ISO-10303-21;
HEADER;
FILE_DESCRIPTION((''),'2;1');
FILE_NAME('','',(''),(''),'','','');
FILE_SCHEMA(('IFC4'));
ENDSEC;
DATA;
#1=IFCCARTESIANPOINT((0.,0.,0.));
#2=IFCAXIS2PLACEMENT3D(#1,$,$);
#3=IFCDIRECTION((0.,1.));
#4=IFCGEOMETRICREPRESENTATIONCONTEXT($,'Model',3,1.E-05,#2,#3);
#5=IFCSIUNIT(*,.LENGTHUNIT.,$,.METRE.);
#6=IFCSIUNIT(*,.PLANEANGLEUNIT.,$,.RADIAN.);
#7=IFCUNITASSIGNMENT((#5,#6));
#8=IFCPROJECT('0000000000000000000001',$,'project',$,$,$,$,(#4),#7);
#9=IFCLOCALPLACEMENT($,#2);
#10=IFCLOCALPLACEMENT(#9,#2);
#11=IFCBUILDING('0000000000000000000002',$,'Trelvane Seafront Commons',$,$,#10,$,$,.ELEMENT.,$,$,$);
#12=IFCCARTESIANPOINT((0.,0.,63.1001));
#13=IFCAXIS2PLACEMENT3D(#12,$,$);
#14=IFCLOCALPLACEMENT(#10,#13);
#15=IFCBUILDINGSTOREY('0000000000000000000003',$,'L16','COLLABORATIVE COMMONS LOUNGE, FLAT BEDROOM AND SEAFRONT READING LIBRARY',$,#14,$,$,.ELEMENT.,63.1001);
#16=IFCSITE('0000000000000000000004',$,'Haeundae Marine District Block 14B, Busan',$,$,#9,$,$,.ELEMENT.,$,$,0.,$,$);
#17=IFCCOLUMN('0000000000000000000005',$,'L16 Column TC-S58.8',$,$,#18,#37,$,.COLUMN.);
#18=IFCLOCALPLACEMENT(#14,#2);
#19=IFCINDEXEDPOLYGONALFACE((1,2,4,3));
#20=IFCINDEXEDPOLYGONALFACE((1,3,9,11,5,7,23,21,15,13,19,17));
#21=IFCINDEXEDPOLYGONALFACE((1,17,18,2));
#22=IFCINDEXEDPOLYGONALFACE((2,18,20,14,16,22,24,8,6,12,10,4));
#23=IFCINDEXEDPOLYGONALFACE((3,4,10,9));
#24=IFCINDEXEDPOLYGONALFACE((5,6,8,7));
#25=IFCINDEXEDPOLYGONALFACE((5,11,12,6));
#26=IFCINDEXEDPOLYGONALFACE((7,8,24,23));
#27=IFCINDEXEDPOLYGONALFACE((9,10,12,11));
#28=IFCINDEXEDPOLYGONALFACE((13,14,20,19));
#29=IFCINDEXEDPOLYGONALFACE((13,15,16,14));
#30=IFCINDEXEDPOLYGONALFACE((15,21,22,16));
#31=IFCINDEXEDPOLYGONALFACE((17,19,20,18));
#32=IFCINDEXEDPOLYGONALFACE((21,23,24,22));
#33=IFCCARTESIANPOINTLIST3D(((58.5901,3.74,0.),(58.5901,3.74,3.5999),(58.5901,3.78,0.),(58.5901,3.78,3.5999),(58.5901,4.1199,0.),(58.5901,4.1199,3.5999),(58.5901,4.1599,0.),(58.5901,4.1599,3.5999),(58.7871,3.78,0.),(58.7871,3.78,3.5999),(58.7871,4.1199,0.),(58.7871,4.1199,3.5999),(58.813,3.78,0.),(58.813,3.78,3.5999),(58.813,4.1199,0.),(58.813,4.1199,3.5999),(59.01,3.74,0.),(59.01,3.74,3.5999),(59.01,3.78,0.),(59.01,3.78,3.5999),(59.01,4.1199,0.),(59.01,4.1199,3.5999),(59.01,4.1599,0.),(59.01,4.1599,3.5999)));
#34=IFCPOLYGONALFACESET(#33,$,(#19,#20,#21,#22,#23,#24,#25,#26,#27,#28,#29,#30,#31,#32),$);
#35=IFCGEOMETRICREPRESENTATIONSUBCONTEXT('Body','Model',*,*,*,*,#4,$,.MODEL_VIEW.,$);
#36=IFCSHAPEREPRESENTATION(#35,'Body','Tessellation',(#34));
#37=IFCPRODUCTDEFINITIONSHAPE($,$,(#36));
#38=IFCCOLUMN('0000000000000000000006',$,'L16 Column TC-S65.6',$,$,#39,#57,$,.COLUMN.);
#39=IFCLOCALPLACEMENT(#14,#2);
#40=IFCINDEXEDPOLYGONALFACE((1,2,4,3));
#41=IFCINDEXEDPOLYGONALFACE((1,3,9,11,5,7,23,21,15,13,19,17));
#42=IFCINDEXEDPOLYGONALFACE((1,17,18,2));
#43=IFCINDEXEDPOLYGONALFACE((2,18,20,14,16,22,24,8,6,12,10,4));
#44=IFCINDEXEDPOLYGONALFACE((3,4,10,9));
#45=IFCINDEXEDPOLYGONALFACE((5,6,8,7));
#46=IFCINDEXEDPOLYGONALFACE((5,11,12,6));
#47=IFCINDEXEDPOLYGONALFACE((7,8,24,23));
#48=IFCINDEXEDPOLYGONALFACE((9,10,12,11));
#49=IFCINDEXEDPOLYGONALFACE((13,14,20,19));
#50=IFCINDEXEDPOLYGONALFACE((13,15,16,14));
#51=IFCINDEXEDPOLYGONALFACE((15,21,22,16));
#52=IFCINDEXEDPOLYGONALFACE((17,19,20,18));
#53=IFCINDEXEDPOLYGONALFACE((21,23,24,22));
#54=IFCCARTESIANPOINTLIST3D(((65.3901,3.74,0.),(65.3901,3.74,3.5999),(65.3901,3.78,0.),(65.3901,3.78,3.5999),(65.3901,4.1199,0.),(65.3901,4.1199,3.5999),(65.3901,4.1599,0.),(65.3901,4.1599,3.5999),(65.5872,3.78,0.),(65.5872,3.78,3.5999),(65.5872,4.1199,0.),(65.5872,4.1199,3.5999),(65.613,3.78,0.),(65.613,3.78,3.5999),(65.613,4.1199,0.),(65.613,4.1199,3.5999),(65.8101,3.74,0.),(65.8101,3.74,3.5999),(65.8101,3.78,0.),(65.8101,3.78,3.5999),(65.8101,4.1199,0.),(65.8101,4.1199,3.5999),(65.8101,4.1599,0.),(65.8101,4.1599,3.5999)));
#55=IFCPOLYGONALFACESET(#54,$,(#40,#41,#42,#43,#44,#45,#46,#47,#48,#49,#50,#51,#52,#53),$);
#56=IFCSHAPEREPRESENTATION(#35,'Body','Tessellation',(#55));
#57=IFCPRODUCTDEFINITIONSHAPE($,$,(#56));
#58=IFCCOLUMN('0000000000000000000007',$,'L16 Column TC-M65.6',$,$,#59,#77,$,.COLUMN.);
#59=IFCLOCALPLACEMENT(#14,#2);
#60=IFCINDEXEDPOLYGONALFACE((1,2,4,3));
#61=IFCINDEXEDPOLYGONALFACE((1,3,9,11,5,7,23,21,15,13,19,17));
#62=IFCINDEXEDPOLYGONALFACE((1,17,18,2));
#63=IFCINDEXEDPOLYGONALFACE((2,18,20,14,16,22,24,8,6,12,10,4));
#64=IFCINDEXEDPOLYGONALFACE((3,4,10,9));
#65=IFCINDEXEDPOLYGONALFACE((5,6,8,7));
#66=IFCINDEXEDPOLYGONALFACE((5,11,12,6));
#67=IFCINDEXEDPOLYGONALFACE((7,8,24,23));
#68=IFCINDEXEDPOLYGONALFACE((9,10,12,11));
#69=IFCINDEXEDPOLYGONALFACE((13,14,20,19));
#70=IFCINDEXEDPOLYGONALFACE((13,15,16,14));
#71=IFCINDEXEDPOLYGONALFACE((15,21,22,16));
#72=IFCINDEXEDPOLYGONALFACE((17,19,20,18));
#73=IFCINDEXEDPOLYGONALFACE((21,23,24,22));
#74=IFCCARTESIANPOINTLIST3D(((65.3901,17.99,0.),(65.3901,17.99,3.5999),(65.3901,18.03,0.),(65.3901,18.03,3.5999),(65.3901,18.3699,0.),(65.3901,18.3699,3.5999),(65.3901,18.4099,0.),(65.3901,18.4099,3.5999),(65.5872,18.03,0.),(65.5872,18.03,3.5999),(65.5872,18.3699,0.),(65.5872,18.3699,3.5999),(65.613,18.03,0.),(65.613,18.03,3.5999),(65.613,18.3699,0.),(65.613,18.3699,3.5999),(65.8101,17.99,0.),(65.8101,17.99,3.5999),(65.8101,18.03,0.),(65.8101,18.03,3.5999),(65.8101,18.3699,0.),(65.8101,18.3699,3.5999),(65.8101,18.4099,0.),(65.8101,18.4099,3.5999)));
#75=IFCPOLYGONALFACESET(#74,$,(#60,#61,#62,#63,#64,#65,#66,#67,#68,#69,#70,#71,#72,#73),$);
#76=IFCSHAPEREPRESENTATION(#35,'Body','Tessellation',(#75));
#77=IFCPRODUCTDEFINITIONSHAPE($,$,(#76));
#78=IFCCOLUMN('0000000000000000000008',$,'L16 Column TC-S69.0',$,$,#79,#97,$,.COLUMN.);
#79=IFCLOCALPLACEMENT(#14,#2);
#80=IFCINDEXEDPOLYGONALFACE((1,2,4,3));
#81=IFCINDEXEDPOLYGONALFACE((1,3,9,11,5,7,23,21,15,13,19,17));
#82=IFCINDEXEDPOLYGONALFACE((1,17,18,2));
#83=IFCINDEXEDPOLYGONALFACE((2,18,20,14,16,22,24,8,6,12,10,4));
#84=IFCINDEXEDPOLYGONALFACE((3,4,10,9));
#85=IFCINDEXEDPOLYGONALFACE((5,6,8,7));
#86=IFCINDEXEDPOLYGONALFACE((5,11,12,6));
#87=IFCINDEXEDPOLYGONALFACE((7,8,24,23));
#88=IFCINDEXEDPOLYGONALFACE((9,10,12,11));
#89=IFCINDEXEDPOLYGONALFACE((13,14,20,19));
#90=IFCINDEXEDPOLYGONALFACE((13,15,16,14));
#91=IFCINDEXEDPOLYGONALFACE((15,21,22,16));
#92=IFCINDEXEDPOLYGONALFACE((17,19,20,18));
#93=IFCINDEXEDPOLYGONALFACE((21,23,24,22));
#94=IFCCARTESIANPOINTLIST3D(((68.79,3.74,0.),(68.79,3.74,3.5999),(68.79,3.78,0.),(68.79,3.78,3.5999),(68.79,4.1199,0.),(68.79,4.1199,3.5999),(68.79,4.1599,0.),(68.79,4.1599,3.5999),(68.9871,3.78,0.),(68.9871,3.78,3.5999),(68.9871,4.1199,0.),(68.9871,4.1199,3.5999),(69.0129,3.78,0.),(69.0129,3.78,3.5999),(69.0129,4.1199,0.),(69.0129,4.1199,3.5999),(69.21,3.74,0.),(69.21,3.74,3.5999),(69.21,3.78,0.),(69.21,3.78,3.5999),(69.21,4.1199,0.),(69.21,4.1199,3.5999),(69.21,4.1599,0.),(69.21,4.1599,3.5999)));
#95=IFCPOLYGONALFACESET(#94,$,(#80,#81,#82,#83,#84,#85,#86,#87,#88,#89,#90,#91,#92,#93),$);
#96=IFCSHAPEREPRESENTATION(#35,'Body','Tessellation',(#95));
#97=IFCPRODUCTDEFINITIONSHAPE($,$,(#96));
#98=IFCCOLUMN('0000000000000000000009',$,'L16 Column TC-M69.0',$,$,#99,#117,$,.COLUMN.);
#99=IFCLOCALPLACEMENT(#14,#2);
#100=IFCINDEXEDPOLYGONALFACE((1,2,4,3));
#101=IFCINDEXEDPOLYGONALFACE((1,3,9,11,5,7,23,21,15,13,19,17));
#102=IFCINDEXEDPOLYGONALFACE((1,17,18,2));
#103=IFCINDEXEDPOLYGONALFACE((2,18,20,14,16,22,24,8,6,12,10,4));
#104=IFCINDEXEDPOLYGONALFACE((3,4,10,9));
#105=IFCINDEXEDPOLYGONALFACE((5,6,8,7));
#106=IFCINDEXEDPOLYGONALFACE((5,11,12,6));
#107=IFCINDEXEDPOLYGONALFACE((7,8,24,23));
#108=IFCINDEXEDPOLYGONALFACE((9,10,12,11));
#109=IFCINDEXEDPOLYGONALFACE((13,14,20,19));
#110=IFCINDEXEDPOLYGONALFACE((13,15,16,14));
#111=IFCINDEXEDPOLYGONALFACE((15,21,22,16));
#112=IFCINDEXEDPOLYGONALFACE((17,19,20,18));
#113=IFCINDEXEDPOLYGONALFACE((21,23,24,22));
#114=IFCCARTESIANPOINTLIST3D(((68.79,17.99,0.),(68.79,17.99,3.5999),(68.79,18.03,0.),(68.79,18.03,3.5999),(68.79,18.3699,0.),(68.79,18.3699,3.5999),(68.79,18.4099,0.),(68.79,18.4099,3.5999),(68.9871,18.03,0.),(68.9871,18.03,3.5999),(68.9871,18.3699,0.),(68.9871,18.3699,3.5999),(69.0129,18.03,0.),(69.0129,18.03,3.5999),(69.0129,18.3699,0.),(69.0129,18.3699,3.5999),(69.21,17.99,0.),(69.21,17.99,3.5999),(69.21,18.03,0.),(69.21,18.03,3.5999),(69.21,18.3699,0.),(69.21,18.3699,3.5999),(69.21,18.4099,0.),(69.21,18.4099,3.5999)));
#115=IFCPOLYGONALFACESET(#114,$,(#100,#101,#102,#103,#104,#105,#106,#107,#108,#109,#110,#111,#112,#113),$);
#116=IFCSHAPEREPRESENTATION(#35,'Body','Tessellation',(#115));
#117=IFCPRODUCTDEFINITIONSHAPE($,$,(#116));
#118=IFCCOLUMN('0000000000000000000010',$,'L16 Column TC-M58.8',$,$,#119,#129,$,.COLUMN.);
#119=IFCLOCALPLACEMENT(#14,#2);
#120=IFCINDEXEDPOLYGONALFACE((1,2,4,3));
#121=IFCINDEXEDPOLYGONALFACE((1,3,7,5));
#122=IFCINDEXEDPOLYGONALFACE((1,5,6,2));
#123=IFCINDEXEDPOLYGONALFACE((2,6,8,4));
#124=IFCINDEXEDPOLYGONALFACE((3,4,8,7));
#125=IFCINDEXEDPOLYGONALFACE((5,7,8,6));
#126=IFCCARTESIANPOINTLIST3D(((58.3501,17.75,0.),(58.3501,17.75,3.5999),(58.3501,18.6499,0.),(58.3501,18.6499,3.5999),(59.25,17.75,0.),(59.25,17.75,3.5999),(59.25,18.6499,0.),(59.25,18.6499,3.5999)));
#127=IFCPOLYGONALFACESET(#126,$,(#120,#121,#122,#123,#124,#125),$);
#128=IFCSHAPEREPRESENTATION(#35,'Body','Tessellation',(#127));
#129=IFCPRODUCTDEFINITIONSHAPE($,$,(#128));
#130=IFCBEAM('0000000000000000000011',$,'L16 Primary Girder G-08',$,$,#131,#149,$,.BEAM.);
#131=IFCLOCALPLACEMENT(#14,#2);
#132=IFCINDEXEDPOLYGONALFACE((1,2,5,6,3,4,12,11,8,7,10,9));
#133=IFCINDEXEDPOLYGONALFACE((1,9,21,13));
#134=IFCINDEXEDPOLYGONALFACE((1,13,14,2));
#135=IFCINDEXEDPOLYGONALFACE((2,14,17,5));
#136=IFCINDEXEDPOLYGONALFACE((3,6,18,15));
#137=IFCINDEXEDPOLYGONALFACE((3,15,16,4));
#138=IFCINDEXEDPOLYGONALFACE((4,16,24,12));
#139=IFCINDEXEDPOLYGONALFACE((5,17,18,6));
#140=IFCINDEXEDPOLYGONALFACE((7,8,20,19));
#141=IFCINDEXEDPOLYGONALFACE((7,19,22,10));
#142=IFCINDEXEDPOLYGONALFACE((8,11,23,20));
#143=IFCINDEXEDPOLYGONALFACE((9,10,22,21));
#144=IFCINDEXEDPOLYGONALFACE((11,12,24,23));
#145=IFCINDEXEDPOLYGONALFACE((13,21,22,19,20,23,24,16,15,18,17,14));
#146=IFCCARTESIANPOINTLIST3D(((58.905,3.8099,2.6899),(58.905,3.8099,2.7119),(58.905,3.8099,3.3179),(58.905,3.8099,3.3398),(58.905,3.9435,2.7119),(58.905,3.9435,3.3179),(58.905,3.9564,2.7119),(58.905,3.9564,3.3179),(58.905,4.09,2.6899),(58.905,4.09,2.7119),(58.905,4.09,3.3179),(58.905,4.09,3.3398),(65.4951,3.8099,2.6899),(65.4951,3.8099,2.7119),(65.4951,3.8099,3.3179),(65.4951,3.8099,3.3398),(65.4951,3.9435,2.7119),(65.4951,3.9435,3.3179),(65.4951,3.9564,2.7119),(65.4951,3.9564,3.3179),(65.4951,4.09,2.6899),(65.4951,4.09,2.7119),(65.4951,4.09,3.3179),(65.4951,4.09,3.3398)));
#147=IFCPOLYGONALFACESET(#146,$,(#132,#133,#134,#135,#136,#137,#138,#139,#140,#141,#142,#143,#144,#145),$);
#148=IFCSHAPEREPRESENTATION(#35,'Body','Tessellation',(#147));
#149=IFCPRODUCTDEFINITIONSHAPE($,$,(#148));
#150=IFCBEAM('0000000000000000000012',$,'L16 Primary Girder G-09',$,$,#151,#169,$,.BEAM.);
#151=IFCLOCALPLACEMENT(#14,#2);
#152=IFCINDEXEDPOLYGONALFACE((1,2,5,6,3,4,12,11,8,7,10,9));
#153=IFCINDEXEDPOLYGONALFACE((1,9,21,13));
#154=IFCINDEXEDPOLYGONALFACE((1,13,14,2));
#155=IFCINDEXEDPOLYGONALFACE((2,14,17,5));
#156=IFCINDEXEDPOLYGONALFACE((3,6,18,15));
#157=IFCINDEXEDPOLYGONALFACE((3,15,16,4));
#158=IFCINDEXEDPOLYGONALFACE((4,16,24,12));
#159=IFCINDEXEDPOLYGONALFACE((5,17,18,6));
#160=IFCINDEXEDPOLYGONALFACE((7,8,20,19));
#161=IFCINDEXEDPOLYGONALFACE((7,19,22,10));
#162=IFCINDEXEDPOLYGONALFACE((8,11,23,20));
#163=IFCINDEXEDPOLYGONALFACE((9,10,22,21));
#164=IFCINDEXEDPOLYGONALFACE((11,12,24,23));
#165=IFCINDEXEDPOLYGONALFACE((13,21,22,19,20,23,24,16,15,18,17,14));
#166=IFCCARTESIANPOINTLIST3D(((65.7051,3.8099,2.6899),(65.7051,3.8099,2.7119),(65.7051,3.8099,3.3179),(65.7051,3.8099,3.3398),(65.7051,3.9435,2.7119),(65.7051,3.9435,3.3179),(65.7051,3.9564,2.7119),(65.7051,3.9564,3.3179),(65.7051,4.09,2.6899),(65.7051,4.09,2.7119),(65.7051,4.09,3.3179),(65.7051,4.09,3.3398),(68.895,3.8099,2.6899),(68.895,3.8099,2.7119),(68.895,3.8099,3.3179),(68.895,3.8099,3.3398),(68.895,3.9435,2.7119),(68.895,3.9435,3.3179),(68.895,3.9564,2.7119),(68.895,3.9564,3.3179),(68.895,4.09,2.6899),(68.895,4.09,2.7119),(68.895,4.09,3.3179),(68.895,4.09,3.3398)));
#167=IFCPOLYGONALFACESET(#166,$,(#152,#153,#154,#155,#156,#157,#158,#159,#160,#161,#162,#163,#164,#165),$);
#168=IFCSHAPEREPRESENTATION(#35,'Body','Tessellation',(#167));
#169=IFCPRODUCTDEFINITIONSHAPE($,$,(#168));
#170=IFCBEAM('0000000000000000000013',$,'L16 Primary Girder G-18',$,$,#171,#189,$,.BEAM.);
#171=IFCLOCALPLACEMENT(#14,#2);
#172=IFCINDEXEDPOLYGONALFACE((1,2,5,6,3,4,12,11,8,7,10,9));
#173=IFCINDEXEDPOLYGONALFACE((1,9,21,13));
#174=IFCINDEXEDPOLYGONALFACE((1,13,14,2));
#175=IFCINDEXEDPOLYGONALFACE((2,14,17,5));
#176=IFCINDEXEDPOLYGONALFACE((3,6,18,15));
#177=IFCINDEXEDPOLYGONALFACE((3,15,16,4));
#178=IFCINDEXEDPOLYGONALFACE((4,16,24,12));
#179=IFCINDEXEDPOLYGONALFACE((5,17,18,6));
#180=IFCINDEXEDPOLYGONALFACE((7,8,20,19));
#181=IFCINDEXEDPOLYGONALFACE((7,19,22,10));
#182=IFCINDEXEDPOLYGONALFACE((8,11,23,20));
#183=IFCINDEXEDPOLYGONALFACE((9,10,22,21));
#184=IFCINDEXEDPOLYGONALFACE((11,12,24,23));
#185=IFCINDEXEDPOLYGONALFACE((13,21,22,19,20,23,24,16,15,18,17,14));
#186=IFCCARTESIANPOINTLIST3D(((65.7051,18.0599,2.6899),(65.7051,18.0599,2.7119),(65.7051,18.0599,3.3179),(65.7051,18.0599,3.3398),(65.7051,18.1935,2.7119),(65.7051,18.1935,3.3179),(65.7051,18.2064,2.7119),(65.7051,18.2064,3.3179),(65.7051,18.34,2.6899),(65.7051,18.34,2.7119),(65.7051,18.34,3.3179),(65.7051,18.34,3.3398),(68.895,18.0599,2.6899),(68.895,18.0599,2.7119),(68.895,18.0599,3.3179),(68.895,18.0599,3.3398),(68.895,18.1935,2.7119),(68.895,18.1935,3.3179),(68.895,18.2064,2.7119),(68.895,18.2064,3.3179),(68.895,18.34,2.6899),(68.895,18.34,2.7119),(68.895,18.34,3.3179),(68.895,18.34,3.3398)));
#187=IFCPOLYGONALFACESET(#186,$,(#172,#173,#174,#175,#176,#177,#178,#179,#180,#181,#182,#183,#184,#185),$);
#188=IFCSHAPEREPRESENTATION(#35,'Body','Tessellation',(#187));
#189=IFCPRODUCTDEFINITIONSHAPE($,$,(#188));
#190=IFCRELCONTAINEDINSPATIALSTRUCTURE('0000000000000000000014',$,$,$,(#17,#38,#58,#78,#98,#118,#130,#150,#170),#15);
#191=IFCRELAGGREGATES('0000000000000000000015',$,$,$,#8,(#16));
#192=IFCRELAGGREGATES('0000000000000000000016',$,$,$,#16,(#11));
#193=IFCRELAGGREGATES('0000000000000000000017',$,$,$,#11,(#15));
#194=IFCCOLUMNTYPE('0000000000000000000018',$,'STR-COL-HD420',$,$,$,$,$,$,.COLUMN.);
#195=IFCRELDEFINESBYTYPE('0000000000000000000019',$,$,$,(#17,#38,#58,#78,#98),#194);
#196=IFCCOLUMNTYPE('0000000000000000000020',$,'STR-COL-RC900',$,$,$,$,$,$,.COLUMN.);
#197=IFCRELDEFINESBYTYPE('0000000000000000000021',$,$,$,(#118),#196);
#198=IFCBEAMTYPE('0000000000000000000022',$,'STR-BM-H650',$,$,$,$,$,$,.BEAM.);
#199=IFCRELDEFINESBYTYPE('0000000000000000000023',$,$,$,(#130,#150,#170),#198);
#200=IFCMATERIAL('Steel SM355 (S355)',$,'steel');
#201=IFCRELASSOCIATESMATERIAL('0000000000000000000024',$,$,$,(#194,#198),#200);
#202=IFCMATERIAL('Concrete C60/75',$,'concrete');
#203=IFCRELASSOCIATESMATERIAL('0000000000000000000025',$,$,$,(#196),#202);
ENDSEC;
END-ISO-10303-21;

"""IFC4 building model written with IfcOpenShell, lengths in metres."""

from ifc_helpers import new_model, si_unit, direction, frame, origin, origin_2d, place, context, subcontext, project, spatial, rectangle, i_section, extrude, source, transform, mapped, material, material_profile, profile_set, type_object, element, save


model = new_model("IFC4")

# Units and contexts
model_context = context("Model", 3, precision=1e-05, world=origin(), true_north=direction((0.0, 1.0)))
body_context = subcontext(model_context, "Body", "Model", "MODEL_VIEW")
ifc_project = project(units=[si_unit("LENGTHUNIT", "METRE"), si_unit("PLANEANGLEUNIT", "RADIAN")], contexts=[model_context])

# Site, building, storey
site_placement = place(None, origin())
site = spatial("IfcSite", under=ifc_project, at=site_placement, Name="Haeundae Marine District Block 14B, Busan", CompositionType="ELEMENT", RefElevation=0.0)
building_placement = place(site_placement, origin())
building = spatial("IfcBuilding", under=site, at=building_placement, Name="Trelvane Seafront Commons", CompositionType="ELEMENT")
storey_placement = place(building_placement, frame((0.0, 0.0, 63.1001)))
storey = spatial("IfcBuildingStorey", under=building, at=storey_placement, Name="L16", Description="COLLABORATIVE COMMONS LOUNGE, FLAT BEDROOM AND SEAFRONT READING LIBRARY", CompositionType="ELEMENT", Elevation=63.1001)

# Columns
ifc_material_1 = material(Name="Steel SM355 (S355)", Category="steel")
ifc_material_profile_1 = material_profile(ifc_material_1, i_section(OverallWidth=0.4199, OverallDepth=0.4199, WebThickness=0.0259, FlangeThickness=0.04, at=origin_2d()), Name="HD-420x420x26x40")
ifc_profile_set_1 = profile_set([ifc_material_profile_1], Name="Steel SM355 (S355)")
column_type_1 = type_object("IfcColumnType", Name="STR-COL-HD420", PredefinedType="COLUMN", material=ifc_profile_set_1)
shared_shape_1 = source(origin(), body_context, "Body", "SweptSolid", [
    extrude(i_section(OverallWidth=0.4199, OverallDepth=0.4199, WebThickness=0.0259, FlangeThickness=0.04, at=origin_2d()), origin(), (0.0, 0.0, 1.0), 3.5999),
])
for number, where, z_axis, x_axis, name in (
    (1, (58.8, 3.95, 0.0), (0.0, 0.0, 1.0), (1.0, 0.0, 0.0), "L16 Column TC-S58.8"),
    (2, (65.6001, 3.95, 0.0), (0.0, 0.0, 1.0), (1.0, 0.0, 0.0), "L16 Column TC-S65.6"),
    (3, (65.6001, 18.2, 0.0), (0.0, 0.0, 1.0), (1.0, 0.0, 0.0), "L16 Column TC-M65.6"),
    (4, (69.0, 3.95, 0.0), (0.0, 0.0, 1.0), (1.0, 0.0, 0.0), "L16 Column TC-S69.0"),
    (5, (69.0, 18.2, 0.0), (0.0, 0.0, 1.0), (1.0, 0.0, 0.0), "L16 Column TC-M69.0"),
):
    element("IfcColumn", number, at=place(storey_placement, frame(where, z_axis=z_axis, x_axis=x_axis)), inside=storey, type_object=column_type_1, Name=name, PredefinedType="COLUMN", context=body_context, shape_type="MappedRepresentation", body=[
        mapped(shared_shape_1, transform((0.0, 0.0, 0.0), x_axis=(1.0, 0.0, 0.0), y_axis=(0.0, 1.0, 0.0), z_axis=(0.0, 0.0, 1.0), scale=1.0)),
    ])
ifc_material_2 = material(Name="Concrete C60/75", Category="concrete")
ifc_material_profile_2 = material_profile(ifc_material_2, rectangle(XDim=0.8999, YDim=0.8999, at=origin_2d()), Name="RC-900x900")
ifc_profile_set_2 = profile_set([ifc_material_profile_2], Name="Concrete C60/75")
column_type_2 = type_object("IfcColumnType", Name="STR-COL-RC900", PredefinedType="COLUMN", material=ifc_profile_set_2)
shared_shape_2 = source(origin(), body_context, "Body", "SweptSolid", [
    extrude(rectangle(XDim=0.8999, YDim=0.8999, at=origin_2d()), origin(), (0.0, 0.0, 1.0), 3.5999),
])
column_placement = place(storey_placement, frame((58.8, 18.2, 0.0), z_axis=(0.0, 0.0, 1.0), x_axis=(1.0, 0.0, 0.0)))
element("IfcColumn", 6, at=column_placement, inside=storey, type_object=column_type_2, Name="L16 Column TC-M58.8", PredefinedType="COLUMN", context=body_context, shape_type="MappedRepresentation", body=[
    mapped(shared_shape_2, transform((0.0, 0.0, 0.0), x_axis=(1.0, 0.0, 0.0), y_axis=(0.0, 1.0, 0.0), z_axis=(0.0, 0.0, 1.0), scale=1.0)),
])

# Beams
ifc_material_profile_3 = material_profile(ifc_material_1, i_section(OverallWidth=0.28, OverallDepth=0.6499, WebThickness=0.0129, FlangeThickness=0.022, at=origin_2d()), Name="H-650x280x13x22")
ifc_profile_set_3 = profile_set([ifc_material_profile_3], Name="Steel SM355 (S355)")
beam_type_1 = type_object("IfcBeamType", Name="STR-BM-H650", PredefinedType="BEAM", material=ifc_profile_set_3)
shared_shape_3 = source(origin(), body_context, "Body", "SweptSolid", [
    extrude(i_section(OverallWidth=0.28, OverallDepth=0.6499, WebThickness=0.0129, FlangeThickness=0.022, at=origin_2d()), origin(), (0.0, 0.0, 1.0), 6.5901),
])
beam_1_placement = place(storey_placement, frame((58.905, 3.95, 3.0149), z_axis=(1.0, 0.0, 0.0), x_axis=(0.0, 1.0, 0.0)))
element("IfcBeam", 7, at=beam_1_placement, inside=storey, type_object=beam_type_1, Name="L16 Primary Girder G-08", PredefinedType="BEAM", context=body_context, shape_type="MappedRepresentation", body=[
    mapped(shared_shape_3, transform((0.0, 0.0, 0.0), x_axis=(1.0, 0.0, 0.0), y_axis=(0.0, 1.0, 0.0), z_axis=(0.0, 0.0, 1.0), scale=1.0)),
])
shared_shape_4 = source(origin(), body_context, "Body", "SweptSolid", [
    extrude(i_section(OverallWidth=0.28, OverallDepth=0.6499, WebThickness=0.0129, FlangeThickness=0.022, at=origin_2d()), origin(), (0.0, 0.0, 1.0), 3.1899),
])
for number, where, z_axis, x_axis, name in (
    (8, (65.7051, 3.95, 3.0149), (1.0, 0.0, 0.0), (0.0, 1.0, 0.0), "L16 Primary Girder G-09"),
    (9, (65.7051, 18.2, 3.0149), (1.0, 0.0, 0.0), (0.0, 1.0, 0.0), "L16 Primary Girder G-18"),
):
    element("IfcBeam", number, at=place(storey_placement, frame(where, z_axis=z_axis, x_axis=x_axis)), inside=storey, type_object=beam_type_1, Name=name, PredefinedType="BEAM", context=body_context, shape_type="MappedRepresentation", body=[
        mapped(shared_shape_4, transform((0.0, 0.0, 0.0), x_axis=(1.0, 0.0, 0.0), y_axis=(0.0, 1.0, 0.0), z_axis=(0.0, 0.0, 1.0), scale=1.0)),
    ])

save(model, "model.ifc")
